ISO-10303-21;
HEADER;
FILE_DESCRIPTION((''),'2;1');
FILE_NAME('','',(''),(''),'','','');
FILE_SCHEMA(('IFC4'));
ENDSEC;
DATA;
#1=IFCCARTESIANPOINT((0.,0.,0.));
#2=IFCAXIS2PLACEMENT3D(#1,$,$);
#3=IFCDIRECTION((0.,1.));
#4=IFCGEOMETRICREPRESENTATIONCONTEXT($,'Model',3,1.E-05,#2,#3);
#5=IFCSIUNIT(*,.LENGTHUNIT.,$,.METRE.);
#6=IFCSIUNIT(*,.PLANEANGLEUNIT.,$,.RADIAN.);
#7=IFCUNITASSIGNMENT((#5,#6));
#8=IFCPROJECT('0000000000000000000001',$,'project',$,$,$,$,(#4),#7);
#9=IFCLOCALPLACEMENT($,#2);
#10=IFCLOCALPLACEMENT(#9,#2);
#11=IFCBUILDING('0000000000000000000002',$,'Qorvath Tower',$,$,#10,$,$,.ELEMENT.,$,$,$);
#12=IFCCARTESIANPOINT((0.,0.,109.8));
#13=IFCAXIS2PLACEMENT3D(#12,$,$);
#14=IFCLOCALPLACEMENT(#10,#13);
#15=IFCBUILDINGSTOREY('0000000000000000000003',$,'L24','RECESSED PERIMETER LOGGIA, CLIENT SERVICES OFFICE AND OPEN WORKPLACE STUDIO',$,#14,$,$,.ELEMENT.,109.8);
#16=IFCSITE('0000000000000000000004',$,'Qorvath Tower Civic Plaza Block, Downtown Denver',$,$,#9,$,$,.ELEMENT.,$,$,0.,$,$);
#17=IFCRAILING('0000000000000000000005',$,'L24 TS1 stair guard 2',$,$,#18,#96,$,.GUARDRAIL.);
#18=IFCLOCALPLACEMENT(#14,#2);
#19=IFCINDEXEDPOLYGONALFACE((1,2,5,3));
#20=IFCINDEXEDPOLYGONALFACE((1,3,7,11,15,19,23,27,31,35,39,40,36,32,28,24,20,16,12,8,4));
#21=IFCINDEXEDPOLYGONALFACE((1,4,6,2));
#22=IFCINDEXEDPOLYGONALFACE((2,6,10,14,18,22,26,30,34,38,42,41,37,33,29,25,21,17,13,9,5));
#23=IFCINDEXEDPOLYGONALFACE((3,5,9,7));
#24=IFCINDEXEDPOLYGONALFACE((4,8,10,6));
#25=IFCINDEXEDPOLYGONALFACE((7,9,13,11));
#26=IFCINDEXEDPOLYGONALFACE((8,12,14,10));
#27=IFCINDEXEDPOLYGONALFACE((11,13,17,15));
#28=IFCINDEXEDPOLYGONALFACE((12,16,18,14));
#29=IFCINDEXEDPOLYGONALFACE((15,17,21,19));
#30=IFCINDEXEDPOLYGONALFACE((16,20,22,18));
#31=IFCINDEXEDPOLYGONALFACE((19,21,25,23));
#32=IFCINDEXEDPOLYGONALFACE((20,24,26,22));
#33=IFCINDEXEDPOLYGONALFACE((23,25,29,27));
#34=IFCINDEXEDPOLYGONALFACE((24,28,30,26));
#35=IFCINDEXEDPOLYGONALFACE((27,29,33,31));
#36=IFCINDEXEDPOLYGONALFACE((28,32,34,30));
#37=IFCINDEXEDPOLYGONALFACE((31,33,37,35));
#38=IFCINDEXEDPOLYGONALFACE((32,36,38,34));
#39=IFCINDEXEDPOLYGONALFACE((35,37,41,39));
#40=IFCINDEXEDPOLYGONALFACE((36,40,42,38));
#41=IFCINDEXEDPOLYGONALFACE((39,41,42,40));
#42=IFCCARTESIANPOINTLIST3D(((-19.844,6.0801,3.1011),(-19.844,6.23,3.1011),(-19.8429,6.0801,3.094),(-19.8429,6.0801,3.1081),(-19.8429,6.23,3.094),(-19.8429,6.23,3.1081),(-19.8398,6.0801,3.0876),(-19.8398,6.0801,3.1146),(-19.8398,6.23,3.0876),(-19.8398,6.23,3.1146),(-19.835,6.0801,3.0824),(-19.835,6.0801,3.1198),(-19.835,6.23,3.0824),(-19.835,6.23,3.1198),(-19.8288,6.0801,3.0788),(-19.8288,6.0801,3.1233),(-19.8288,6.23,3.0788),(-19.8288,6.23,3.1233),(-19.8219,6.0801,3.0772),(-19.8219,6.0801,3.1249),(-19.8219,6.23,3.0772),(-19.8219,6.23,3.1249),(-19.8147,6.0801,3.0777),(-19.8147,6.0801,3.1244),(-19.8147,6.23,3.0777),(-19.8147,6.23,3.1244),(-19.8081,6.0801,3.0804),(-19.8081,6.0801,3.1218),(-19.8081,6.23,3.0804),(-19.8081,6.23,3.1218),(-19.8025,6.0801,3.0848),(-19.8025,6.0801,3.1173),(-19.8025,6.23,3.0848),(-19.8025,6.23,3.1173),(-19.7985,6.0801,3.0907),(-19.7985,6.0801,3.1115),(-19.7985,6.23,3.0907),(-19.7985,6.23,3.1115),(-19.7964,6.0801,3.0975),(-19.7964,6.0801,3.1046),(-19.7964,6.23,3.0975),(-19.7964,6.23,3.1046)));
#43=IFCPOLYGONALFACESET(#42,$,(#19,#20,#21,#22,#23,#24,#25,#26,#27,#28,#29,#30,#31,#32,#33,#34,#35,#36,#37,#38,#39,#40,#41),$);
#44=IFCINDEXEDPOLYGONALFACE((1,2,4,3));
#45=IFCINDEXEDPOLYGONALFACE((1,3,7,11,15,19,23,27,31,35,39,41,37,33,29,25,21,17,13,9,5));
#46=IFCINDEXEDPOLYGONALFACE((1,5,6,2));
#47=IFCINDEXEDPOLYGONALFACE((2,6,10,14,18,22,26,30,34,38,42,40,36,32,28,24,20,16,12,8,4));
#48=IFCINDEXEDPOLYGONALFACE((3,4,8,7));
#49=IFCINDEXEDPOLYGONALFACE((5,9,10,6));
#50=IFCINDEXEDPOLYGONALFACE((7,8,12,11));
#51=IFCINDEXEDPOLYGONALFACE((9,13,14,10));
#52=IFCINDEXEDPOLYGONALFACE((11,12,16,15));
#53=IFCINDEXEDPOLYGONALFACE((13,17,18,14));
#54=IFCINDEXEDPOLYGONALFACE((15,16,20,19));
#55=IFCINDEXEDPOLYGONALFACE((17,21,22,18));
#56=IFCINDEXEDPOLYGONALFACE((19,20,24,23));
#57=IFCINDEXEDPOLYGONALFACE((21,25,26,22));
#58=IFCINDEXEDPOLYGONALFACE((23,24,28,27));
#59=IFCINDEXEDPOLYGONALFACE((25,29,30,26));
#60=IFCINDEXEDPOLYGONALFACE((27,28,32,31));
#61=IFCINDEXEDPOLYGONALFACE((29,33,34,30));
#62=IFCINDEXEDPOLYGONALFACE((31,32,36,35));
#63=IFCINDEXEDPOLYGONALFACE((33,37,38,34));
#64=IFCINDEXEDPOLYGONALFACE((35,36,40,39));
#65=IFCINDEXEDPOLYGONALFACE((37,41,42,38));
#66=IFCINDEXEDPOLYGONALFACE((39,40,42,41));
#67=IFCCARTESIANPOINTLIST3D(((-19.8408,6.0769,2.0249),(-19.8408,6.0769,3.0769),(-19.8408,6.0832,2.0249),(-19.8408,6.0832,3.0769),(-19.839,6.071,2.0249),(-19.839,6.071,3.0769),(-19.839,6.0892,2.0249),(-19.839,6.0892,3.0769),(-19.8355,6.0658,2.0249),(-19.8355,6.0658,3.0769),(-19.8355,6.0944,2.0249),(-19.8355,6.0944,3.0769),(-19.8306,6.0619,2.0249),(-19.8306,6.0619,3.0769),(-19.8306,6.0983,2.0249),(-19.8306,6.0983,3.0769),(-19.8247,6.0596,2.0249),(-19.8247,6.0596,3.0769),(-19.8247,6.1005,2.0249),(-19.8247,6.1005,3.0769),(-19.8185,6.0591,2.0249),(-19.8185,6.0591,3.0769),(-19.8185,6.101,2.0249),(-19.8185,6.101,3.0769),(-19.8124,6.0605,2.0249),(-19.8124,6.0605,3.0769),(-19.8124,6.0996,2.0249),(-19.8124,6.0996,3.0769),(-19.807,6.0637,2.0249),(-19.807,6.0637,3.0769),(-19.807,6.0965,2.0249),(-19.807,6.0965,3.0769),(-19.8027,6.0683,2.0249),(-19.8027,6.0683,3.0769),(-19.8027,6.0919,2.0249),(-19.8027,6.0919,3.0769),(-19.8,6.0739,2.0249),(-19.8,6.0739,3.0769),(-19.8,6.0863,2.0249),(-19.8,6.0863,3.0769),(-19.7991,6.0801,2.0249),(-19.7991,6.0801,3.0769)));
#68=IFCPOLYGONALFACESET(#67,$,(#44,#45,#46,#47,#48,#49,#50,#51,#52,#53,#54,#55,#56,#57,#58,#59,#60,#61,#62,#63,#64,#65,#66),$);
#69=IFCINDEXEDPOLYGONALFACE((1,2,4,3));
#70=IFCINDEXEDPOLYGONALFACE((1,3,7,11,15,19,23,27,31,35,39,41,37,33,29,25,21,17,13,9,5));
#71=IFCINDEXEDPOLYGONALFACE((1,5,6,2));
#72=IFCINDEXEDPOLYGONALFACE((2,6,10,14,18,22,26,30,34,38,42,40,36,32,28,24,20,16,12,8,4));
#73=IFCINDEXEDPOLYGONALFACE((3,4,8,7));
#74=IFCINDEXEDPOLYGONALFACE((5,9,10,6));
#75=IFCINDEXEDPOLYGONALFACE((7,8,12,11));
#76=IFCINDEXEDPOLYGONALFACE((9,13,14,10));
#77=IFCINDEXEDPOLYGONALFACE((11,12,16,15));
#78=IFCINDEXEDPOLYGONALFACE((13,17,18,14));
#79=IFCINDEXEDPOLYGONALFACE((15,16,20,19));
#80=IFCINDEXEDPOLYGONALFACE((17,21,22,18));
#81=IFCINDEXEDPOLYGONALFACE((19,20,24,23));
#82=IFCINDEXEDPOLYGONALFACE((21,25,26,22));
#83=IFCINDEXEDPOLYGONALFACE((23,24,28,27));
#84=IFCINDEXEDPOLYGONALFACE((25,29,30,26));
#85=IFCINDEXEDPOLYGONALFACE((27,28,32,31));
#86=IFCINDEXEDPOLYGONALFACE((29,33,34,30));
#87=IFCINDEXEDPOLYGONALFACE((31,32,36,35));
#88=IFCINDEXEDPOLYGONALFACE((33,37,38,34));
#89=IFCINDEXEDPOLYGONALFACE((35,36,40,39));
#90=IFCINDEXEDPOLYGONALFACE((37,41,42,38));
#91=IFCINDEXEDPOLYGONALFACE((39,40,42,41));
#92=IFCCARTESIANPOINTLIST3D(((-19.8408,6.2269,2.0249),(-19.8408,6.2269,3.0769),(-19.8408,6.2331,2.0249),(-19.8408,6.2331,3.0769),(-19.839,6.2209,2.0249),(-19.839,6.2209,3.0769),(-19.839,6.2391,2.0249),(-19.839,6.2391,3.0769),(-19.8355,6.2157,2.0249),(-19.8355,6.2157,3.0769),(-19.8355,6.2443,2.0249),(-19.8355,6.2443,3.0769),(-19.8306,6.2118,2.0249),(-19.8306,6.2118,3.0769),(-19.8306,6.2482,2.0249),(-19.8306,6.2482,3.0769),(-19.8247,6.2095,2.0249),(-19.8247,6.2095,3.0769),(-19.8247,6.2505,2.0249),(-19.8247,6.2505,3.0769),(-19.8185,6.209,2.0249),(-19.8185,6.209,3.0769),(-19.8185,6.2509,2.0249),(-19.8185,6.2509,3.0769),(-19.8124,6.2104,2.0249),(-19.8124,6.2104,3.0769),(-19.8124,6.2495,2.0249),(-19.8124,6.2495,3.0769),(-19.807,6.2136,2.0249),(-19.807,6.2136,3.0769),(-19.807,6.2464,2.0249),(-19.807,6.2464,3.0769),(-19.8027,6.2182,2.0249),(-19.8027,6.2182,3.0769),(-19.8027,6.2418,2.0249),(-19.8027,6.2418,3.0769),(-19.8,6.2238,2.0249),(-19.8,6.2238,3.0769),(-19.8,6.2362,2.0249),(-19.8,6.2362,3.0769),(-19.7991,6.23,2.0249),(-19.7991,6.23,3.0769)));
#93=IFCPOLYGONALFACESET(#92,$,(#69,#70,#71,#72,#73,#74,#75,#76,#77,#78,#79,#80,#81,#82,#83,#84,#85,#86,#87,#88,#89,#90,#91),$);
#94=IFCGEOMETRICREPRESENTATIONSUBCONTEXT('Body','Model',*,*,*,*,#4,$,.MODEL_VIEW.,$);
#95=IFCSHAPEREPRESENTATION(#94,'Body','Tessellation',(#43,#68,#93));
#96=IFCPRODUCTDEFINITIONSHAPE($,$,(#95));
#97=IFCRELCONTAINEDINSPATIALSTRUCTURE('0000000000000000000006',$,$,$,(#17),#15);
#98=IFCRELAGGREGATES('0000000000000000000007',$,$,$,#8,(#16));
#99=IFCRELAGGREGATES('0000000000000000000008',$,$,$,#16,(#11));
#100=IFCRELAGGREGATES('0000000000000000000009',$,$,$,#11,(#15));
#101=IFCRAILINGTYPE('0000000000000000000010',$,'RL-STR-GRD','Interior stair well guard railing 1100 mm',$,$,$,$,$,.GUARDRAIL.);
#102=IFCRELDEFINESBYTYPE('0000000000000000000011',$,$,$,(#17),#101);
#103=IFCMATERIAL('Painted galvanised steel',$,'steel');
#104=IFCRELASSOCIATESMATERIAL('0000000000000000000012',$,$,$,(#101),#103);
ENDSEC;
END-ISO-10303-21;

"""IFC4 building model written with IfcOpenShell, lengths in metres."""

from ifc_helpers import new_model, si_unit, direction, frame, origin, origin_2d, place, context, subcontext, project, spatial, circle, extrude, material, type_object, element, save


model = new_model("IFC4")

# Units and contexts
model_context = context("Model", 3, precision=1e-05, world=origin(), true_north=direction((0.0, 1.0)))
body_context = subcontext(model_context, "Body", "Model", "MODEL_VIEW")
ifc_project = project(units=[si_unit("LENGTHUNIT", "METRE"), si_unit("PLANEANGLEUNIT", "RADIAN")], contexts=[model_context])

# Site, building, storey
site_placement = place(None, origin())
site = spatial("IfcSite", under=ifc_project, at=site_placement, Name="Qorvath Tower Civic Plaza Block, Downtown Denver", CompositionType="ELEMENT", RefElevation=0.0)
building_placement = place(site_placement, origin())
building = spatial("IfcBuilding", under=site, at=building_placement, Name="Qorvath Tower", CompositionType="ELEMENT")
storey_placement = place(building_placement, frame((0.0, 0.0, 109.8)))
storey = spatial("IfcBuildingStorey", under=building, at=storey_placement, Name="L24", Description="RECESSED PERIMETER LOGGIA, CLIENT SERVICES OFFICE AND OPEN WORKPLACE STUDIO", CompositionType="ELEMENT", Elevation=109.8)

# Railing
ifc_material_1 = material(Name="Painted galvanised steel", Category="steel")
railing_type_1 = type_object("IfcRailingType", Name="RL-STR-GRD", Description="Interior stair well guard railing 1100 mm", PredefinedType="GUARDRAIL", material=ifc_material_1)
railing_1_placement = place(storey_placement, frame((-19.8201, 6.0801, 2.0249)))
element("IfcRailing", 1, at=railing_1_placement, inside=storey, type_object=railing_type_1, Name="L24 TS1 stair guard 2", PredefinedType="GUARDRAIL", context=body_context, shape_type="SweptSolid", body=[
    extrude(circle(Radius=0.0239, at=origin_2d()), frame((0.0, 0.0, 1.0762), z_axis=(0.0, 1.0, 0.0), x_axis=(-1.0, 0.0, 0.0)), (0.0, 0.0, 1.0), 0.1499),
    extrude(circle(Radius=0.021, at=origin_2d()), origin(), (0.0, 0.0, 1.0), 1.052),
    extrude(circle(Radius=0.021, at=origin_2d()), frame((0.0, 0.1499, 0.0)), (0.0, 0.0, 1.0), 1.052),
])

save(model, "model.ifc")
